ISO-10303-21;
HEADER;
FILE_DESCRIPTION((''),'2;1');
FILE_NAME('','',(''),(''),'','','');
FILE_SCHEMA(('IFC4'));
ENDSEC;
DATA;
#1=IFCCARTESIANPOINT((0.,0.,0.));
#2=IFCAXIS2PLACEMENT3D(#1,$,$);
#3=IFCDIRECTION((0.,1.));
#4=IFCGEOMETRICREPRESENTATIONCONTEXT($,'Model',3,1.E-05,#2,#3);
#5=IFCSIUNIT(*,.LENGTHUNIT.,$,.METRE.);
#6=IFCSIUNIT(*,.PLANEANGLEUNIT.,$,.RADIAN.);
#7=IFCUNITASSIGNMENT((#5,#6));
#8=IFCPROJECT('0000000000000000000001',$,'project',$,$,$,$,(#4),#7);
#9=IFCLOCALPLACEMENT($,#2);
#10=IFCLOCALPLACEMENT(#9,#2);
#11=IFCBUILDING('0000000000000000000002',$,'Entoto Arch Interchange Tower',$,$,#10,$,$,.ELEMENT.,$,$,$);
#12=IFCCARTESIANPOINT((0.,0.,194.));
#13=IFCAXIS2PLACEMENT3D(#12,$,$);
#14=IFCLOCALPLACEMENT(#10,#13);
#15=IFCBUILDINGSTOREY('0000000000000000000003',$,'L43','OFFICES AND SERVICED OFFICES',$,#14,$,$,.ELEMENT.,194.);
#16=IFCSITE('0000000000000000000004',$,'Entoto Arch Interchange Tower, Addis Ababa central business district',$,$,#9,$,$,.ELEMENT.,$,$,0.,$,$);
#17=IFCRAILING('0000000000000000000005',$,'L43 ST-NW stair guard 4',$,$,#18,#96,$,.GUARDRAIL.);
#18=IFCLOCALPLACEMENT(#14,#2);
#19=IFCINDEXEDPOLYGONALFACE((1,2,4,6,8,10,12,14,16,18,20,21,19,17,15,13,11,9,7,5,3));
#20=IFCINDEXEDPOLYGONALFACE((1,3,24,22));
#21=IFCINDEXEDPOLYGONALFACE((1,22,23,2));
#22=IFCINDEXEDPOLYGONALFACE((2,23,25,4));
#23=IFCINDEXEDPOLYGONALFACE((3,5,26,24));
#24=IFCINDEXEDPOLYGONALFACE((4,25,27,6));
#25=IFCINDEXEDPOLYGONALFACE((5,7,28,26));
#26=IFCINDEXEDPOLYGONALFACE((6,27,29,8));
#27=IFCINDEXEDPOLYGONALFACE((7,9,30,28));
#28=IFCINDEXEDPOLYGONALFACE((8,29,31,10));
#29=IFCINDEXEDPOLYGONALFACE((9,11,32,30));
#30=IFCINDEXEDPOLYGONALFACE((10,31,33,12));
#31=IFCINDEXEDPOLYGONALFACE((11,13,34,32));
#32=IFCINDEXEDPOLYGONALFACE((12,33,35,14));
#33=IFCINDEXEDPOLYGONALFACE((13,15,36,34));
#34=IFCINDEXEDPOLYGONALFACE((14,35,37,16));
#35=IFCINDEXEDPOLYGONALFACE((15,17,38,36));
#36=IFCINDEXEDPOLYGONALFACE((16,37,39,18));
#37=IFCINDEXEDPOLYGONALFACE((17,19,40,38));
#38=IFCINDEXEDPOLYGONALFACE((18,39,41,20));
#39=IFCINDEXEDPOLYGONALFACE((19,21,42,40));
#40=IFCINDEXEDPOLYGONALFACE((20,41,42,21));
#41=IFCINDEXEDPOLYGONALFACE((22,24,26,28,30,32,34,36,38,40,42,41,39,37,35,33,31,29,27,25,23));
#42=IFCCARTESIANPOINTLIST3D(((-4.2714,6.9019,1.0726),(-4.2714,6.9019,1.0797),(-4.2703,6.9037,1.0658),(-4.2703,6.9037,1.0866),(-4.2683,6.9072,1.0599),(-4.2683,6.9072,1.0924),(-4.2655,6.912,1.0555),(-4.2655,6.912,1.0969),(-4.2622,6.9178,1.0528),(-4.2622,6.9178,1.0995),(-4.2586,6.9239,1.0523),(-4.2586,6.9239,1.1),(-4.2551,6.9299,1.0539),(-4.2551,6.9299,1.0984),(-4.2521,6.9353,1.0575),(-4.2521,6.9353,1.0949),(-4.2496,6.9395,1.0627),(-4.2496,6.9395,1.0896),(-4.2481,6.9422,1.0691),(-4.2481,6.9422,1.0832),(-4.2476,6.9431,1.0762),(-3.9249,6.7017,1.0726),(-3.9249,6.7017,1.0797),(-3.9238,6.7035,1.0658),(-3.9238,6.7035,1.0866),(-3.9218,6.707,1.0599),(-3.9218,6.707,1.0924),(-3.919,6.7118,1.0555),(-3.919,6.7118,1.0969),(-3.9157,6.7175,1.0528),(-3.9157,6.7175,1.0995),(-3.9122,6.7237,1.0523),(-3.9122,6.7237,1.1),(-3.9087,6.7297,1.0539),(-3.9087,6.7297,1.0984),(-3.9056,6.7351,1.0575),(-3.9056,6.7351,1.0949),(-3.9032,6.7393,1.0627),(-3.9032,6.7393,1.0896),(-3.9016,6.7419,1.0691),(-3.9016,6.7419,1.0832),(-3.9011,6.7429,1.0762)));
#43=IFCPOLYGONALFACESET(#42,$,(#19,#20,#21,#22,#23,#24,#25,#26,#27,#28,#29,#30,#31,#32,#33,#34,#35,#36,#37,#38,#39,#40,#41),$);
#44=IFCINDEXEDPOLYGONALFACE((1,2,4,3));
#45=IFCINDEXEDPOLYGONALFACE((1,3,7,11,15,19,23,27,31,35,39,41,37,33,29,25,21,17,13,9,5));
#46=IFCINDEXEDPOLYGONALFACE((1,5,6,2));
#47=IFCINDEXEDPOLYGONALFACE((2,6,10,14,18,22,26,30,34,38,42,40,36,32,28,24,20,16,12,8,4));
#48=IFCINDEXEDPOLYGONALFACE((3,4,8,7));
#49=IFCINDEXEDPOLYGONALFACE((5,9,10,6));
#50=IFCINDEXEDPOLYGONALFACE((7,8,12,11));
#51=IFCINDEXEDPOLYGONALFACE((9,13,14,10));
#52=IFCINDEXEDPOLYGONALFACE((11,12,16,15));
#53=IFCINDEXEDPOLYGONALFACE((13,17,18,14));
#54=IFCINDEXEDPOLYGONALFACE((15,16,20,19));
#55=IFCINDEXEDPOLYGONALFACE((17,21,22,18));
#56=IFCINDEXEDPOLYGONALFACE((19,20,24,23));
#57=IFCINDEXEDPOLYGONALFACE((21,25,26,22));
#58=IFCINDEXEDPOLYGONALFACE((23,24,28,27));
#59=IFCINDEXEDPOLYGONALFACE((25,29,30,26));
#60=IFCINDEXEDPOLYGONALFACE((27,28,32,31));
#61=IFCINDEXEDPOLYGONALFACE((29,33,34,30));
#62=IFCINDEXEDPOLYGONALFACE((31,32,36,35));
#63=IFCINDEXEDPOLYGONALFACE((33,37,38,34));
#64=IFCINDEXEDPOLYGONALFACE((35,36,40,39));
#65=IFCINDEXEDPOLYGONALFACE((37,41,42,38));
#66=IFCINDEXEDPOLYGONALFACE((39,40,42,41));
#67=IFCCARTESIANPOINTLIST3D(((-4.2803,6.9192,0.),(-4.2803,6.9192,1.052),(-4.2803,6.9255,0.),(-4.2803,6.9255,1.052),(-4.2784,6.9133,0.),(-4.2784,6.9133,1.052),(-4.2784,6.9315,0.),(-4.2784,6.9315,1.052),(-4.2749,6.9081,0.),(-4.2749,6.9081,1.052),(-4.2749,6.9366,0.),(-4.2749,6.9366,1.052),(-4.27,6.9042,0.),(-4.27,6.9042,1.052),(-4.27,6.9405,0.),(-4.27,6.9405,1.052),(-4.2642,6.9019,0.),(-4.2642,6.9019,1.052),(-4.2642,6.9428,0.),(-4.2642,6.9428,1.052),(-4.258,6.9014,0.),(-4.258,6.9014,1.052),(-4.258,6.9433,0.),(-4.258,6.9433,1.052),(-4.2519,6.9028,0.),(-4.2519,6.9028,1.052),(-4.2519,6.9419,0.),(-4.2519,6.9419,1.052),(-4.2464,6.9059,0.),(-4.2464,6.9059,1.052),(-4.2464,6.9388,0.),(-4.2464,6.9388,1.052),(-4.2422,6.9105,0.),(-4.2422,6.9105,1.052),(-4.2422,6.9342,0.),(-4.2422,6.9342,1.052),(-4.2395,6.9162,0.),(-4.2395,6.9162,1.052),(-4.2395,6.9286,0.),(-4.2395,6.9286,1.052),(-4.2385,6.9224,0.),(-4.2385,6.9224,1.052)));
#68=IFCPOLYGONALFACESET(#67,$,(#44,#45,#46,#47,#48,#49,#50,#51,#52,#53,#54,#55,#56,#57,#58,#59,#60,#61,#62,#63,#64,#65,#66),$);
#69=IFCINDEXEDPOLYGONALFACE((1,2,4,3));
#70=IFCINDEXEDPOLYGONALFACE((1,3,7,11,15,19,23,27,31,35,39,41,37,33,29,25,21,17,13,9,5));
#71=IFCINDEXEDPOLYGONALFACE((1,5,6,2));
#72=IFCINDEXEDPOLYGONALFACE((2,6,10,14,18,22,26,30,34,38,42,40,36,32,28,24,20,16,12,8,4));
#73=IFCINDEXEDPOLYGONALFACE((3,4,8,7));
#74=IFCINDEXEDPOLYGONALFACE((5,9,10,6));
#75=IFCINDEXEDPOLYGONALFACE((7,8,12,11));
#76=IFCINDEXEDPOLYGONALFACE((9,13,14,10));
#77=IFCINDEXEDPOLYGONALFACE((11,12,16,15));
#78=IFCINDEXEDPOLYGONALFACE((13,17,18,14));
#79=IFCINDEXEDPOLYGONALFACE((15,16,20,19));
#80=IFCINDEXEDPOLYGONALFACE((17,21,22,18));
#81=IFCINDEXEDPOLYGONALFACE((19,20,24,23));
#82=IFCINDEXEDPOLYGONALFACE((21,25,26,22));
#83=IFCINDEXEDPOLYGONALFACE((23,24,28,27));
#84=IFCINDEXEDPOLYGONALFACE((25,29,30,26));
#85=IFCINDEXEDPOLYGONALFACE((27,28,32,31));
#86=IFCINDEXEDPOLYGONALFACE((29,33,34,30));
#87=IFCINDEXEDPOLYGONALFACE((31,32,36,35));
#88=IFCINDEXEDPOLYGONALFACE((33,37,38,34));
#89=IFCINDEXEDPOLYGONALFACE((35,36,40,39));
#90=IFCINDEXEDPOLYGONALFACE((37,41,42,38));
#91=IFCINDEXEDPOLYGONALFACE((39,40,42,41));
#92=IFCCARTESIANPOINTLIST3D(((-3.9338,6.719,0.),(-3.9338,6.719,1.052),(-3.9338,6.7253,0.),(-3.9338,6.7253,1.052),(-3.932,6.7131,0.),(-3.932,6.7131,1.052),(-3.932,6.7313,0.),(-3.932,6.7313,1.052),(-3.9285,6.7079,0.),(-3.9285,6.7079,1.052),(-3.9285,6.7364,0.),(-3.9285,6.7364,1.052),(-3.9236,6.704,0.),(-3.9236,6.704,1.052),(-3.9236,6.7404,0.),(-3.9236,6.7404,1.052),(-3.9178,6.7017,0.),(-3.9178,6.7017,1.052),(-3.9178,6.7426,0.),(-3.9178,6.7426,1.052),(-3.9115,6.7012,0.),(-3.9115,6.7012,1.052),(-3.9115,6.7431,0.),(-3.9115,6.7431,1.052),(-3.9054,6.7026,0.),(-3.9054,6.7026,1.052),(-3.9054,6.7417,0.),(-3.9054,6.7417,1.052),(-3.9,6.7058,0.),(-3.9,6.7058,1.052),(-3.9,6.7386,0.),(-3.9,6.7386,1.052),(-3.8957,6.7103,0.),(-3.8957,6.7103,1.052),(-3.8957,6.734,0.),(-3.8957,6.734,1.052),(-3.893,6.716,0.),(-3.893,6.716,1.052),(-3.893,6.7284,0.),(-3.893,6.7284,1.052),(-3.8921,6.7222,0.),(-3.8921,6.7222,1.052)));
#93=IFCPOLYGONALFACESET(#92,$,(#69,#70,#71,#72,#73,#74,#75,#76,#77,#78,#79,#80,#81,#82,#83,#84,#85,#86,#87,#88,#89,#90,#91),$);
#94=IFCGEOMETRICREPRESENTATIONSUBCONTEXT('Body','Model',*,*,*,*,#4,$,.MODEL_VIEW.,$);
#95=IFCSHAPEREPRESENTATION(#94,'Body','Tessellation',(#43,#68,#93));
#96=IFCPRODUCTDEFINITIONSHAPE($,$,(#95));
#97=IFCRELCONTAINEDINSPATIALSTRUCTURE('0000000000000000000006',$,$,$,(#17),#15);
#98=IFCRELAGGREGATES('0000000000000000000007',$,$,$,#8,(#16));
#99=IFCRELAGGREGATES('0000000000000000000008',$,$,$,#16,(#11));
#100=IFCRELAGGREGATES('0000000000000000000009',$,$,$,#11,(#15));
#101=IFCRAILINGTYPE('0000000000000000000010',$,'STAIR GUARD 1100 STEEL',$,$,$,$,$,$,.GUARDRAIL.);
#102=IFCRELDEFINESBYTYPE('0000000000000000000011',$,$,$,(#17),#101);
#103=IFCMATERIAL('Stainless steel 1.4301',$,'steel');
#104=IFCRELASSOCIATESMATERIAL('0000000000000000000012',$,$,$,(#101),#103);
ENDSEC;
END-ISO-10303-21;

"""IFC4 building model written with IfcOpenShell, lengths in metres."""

from ifc_helpers import new_model, si_unit, direction, frame, origin, origin_2d, place, context, subcontext, project, spatial, circle, extrude, material, type_object, element, save


model = new_model("IFC4")

# Units and contexts
model_context = context("Model", 3, precision=1e-05, world=origin(), true_north=direction((0.0, 1.0)))
body_context = subcontext(model_context, "Body", "Model", "MODEL_VIEW")
ifc_project = project(units=[si_unit("LENGTHUNIT", "METRE"), si_unit("PLANEANGLEUNIT", "RADIAN")], contexts=[model_context])

# Site, building, storey
site_placement = place(None, origin())
site = spatial("IfcSite", under=ifc_project, at=site_placement, Name="Entoto Arch Interchange Tower, Addis Ababa central business district", CompositionType="ELEMENT", RefElevation=0.0)
building_placement = place(site_placement, origin())
building = spatial("IfcBuilding", under=site, at=building_placement, Name="Entoto Arch Interchange Tower", CompositionType="ELEMENT")
storey_placement = place(building_placement, frame((0.0, 0.0, 194.0)))
storey = spatial("IfcBuildingStorey", under=building, at=storey_placement, Name="L43", Description="OFFICES AND SERVICED OFFICES", CompositionType="ELEMENT", Elevation=194.0)

# Railing
ifc_material_1 = material(Name="Stainless steel 1.4301", Category="steel")
railing_type_1 = type_object("IfcRailingType", Name="STAIR GUARD 1100 STEEL", PredefinedType="GUARDRAIL", material=ifc_material_1)
railing_1_placement = place(storey_placement, frame((-4.2595, 6.9224, 0.0)))
element("IfcRailing", 1, at=railing_1_placement, inside=storey, type_object=railing_type_1, Name="L43 ST-NW stair guard 4", PredefinedType="GUARDRAIL", context=body_context, shape_type="SweptSolid", body=[
    extrude(circle(Radius=0.0239, at=origin_2d()), frame((0.0, 0.0, 1.0762), z_axis=(0.86583, -0.500339, 0.0), x_axis=(0.500339, 0.86583, 0.0)), (0.0, 0.0, 1.0), 0.4001),
    extrude(circle(Radius=0.021, at=origin_2d()), origin(), (0.0, 0.0, 1.0), 1.052),
    extrude(circle(Radius=0.021, at=origin_2d()), frame((0.3464, -0.2002, 0.0)), (0.0, 0.0, 1.0), 1.052),
])

save(model, "model.ifc")
